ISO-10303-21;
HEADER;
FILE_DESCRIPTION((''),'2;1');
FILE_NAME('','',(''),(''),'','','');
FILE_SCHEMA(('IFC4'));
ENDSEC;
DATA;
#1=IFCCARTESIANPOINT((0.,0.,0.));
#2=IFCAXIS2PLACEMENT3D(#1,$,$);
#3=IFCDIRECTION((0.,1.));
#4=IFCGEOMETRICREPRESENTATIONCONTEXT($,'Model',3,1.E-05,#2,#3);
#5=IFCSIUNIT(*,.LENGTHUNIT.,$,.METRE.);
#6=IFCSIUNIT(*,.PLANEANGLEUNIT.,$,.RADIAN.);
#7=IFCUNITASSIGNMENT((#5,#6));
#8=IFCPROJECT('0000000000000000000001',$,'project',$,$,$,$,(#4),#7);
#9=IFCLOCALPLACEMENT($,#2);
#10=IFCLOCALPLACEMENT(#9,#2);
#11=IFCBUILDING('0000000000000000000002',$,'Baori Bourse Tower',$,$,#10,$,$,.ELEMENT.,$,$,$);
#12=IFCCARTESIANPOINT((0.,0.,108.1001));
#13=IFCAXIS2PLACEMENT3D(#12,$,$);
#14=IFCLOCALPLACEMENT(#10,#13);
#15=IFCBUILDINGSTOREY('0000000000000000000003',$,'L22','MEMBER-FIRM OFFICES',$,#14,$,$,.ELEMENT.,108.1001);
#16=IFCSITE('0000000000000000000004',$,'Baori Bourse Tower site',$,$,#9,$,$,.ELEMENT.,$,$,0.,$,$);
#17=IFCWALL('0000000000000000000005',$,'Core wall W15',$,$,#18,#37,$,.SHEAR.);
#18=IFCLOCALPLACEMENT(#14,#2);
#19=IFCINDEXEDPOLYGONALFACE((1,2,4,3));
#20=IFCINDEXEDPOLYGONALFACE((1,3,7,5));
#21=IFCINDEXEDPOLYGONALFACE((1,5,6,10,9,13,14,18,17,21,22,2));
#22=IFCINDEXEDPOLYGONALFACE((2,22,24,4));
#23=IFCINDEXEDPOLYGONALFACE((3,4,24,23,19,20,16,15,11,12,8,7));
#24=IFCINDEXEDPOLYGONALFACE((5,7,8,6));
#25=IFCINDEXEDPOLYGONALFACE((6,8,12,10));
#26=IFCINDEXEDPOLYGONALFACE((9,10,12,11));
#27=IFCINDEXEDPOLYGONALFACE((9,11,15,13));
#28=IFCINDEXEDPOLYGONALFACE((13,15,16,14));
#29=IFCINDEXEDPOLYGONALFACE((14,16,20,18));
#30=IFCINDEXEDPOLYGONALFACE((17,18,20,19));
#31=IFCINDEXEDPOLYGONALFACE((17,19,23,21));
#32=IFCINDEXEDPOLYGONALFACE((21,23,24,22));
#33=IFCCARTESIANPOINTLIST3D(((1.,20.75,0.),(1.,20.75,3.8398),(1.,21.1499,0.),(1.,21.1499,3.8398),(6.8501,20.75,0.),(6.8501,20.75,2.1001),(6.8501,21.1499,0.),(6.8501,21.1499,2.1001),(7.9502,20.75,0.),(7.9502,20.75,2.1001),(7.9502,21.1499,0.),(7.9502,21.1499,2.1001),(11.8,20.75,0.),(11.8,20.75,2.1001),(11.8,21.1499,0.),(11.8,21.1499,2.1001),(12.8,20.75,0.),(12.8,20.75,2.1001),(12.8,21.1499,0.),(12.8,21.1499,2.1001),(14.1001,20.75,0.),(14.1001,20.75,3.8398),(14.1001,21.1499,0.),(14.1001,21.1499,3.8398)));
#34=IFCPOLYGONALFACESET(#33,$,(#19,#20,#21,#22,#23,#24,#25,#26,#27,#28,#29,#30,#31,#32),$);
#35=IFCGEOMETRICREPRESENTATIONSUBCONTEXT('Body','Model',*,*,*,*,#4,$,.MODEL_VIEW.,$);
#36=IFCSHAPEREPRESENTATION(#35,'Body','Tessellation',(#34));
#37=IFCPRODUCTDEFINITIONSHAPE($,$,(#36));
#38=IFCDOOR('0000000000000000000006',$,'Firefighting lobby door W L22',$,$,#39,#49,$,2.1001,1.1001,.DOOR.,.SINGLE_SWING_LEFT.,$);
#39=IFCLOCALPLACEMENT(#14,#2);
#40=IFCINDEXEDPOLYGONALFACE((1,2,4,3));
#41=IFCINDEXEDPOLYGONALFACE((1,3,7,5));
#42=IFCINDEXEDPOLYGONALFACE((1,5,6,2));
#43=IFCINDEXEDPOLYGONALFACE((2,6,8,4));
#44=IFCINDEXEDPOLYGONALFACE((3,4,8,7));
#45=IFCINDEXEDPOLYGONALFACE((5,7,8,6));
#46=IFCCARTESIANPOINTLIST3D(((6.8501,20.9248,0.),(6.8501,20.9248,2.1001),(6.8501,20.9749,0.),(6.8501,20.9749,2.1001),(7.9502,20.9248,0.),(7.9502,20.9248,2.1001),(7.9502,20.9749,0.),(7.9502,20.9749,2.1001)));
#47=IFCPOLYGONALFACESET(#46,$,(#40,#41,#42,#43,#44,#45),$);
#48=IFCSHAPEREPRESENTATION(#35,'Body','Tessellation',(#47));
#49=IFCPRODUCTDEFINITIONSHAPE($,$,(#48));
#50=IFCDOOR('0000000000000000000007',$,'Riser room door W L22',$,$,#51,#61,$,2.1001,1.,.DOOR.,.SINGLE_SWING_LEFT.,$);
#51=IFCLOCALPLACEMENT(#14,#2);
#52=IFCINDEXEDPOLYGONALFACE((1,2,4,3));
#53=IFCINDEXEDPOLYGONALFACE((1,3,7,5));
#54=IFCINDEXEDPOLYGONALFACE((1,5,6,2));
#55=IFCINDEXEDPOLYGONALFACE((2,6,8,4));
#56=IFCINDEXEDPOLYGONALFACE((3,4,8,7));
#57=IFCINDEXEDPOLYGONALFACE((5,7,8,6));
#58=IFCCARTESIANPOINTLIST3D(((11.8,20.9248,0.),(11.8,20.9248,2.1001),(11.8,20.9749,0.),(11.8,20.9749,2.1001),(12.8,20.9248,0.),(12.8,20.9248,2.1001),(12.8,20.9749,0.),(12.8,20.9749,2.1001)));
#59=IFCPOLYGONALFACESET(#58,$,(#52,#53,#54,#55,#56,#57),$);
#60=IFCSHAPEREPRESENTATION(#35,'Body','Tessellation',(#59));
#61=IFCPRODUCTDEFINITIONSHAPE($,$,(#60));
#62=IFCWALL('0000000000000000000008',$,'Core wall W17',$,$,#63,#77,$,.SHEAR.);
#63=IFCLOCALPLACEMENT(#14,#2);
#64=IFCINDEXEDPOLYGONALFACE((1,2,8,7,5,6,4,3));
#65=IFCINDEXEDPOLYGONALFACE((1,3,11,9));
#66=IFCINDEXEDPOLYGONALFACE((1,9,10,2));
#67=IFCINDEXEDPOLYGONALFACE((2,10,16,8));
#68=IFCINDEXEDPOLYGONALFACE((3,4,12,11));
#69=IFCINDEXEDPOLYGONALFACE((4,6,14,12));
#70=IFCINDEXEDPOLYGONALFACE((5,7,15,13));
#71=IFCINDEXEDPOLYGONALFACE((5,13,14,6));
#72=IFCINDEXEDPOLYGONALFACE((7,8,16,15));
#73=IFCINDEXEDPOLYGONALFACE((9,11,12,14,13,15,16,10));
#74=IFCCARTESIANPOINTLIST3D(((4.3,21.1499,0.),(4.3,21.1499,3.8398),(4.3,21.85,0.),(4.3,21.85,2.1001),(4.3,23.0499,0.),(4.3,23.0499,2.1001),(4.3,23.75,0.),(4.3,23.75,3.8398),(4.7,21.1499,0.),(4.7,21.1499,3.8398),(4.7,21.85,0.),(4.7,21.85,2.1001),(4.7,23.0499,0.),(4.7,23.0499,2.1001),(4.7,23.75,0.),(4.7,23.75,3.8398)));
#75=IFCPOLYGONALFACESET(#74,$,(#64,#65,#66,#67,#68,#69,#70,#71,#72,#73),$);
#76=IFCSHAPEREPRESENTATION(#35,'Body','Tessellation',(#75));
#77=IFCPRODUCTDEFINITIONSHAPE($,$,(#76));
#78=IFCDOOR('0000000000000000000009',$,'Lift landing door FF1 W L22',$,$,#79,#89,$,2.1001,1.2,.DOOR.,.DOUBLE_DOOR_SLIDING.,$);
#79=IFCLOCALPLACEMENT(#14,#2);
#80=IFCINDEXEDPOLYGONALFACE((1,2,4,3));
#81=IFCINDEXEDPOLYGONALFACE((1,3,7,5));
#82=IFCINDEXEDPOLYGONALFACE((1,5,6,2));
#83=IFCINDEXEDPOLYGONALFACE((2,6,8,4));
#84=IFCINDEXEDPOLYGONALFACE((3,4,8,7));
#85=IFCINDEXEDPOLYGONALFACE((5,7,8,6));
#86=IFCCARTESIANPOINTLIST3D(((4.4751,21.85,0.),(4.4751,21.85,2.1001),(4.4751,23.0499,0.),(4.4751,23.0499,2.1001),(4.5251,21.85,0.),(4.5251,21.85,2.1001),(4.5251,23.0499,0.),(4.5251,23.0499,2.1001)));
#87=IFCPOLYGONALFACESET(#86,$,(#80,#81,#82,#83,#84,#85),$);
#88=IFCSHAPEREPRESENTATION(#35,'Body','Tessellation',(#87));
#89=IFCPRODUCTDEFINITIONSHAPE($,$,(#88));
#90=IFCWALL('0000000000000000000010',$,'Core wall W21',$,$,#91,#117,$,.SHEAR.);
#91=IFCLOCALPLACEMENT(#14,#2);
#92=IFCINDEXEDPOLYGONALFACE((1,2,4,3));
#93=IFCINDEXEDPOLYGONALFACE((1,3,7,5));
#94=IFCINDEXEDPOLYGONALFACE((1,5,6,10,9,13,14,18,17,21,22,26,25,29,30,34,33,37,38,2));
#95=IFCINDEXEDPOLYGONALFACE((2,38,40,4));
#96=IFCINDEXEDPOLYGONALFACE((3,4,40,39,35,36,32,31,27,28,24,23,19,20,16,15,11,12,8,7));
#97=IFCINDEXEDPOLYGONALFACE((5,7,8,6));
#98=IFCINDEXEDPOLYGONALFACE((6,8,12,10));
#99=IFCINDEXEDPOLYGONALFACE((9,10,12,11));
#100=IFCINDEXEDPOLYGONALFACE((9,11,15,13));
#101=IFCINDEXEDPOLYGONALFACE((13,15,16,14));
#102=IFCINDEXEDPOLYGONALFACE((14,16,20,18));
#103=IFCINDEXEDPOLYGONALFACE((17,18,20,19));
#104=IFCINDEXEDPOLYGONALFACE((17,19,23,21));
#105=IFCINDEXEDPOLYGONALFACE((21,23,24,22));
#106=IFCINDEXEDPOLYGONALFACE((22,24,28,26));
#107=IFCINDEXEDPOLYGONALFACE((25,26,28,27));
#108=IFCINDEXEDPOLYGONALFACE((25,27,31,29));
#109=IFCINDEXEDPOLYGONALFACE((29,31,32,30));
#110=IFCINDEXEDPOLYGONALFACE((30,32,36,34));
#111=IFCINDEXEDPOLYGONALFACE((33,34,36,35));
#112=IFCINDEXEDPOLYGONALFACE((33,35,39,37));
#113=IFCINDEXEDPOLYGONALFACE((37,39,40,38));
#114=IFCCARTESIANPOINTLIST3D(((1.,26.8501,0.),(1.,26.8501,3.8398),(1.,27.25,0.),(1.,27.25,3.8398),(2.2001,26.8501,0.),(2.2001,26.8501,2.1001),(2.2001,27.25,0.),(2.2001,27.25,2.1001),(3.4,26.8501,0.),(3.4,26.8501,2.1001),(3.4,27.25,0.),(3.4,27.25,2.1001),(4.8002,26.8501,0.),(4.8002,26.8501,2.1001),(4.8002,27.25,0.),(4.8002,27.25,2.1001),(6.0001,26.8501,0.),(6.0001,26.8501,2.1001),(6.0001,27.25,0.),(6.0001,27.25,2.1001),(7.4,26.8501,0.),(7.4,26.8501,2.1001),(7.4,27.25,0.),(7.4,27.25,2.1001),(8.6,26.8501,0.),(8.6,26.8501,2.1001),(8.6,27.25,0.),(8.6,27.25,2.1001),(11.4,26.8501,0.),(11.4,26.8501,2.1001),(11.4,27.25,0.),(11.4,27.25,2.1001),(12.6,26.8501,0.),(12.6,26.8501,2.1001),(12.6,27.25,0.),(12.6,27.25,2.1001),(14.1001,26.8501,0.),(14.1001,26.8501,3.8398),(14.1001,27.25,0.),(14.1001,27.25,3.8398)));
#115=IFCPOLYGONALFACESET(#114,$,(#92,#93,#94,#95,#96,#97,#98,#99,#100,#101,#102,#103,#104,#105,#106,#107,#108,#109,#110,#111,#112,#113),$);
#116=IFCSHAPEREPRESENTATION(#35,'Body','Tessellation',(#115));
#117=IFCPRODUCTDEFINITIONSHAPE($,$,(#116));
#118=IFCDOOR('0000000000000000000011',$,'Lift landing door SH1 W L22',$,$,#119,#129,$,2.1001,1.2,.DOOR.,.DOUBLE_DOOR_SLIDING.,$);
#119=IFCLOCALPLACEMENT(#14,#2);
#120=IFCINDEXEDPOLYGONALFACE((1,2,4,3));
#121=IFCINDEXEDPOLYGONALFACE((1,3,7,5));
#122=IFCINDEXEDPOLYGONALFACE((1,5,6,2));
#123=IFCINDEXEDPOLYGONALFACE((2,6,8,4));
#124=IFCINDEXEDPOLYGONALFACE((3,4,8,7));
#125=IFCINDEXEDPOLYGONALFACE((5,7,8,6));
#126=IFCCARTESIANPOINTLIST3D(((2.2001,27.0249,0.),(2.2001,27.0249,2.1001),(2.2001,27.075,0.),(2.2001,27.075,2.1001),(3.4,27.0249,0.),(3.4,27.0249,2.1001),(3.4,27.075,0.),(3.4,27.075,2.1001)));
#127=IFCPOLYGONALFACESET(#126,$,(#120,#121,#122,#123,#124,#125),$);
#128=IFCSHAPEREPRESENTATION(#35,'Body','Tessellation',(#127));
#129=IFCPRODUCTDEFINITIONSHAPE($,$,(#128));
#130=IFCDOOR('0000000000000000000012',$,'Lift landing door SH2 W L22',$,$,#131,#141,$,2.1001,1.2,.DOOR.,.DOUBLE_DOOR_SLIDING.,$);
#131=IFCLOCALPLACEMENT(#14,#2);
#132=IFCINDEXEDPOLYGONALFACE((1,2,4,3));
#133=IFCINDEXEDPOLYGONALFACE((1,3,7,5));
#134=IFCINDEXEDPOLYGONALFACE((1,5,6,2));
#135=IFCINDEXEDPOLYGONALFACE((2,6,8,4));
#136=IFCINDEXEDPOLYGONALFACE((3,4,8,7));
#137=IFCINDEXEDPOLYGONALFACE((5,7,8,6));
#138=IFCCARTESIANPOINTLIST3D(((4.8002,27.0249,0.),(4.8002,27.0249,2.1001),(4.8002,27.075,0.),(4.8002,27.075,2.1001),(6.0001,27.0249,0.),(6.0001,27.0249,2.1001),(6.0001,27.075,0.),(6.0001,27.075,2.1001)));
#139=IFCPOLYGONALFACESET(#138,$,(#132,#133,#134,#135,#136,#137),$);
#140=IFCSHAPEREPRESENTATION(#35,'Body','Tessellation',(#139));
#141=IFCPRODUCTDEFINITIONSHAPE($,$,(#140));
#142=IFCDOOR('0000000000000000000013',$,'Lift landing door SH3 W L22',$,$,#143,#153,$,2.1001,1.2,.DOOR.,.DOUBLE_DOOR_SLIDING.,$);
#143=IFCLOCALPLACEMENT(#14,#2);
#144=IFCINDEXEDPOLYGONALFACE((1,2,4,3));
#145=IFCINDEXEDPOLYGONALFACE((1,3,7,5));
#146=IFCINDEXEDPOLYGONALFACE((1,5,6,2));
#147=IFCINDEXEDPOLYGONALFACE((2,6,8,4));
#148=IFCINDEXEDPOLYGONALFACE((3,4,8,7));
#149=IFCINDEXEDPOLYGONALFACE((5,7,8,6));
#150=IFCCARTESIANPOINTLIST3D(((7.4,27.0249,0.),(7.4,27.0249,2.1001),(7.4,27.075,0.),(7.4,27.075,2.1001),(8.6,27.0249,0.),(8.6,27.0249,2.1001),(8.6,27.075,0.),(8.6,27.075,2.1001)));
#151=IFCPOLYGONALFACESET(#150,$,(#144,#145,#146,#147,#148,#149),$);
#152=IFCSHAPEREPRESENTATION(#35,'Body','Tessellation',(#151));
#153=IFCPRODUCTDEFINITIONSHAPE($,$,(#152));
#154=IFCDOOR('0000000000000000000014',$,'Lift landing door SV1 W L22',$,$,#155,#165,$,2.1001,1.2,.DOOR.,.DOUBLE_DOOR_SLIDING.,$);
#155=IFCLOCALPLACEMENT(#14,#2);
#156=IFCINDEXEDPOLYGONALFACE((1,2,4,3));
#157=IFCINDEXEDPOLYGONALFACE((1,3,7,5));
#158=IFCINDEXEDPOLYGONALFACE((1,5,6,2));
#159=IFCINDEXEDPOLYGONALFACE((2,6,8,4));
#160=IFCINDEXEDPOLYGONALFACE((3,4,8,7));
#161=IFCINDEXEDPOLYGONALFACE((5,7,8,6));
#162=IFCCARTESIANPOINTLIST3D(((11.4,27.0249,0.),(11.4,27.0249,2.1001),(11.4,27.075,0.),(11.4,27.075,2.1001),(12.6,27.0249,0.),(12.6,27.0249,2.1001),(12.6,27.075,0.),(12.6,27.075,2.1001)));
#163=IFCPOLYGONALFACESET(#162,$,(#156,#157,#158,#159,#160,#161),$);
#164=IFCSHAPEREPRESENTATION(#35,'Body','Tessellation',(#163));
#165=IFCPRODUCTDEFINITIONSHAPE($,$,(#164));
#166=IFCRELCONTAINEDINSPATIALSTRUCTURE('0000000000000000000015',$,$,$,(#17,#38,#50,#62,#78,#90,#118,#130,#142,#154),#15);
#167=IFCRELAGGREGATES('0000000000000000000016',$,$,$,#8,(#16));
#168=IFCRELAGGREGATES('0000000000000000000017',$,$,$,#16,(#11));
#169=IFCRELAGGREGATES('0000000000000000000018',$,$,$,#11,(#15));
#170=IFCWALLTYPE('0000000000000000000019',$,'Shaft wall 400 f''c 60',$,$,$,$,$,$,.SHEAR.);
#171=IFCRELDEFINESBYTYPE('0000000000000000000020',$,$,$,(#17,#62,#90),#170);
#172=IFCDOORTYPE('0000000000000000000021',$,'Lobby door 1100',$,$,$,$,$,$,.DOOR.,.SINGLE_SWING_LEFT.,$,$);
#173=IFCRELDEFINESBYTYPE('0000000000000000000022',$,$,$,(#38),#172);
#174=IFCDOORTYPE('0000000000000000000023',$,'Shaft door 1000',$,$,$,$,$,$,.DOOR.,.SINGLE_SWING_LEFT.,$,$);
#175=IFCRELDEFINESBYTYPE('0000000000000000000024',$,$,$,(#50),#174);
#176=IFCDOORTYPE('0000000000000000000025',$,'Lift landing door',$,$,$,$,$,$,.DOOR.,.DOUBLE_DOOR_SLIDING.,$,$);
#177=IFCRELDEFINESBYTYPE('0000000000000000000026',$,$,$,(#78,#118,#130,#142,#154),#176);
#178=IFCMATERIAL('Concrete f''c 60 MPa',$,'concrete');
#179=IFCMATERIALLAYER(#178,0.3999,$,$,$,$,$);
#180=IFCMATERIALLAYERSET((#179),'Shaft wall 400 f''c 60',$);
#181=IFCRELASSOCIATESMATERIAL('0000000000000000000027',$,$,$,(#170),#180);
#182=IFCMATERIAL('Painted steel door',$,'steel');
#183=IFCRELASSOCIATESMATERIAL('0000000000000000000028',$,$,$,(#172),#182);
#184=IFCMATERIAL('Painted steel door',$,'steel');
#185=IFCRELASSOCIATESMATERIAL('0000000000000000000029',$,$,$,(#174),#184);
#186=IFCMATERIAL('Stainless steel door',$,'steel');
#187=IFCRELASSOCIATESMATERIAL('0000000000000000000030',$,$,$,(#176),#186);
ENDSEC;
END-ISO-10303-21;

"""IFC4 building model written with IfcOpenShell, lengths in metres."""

from ifc_helpers import new_model, si_unit, direction, frame, frame_2d, origin, place, context, subcontext, project, spatial, rectangle, extrude, material, layer, layer_set, type_object, element, fill, save


model = new_model("IFC4")

# Units and contexts
model_context = context("Model", 3, precision=1e-05, world=origin(), true_north=direction((0.0, 1.0)))
body_context = subcontext(model_context, "Body", "Model", "MODEL_VIEW")
ifc_project = project(units=[si_unit("LENGTHUNIT", "METRE"), si_unit("PLANEANGLEUNIT", "RADIAN")], contexts=[model_context])

# Site, building, storey
site_placement = place(None, origin())
site = spatial("IfcSite", under=ifc_project, at=site_placement, Name="Baori Bourse Tower site", CompositionType="ELEMENT", RefElevation=0.0)
building_placement = place(site_placement, origin())
building = spatial("IfcBuilding", under=site, at=building_placement, Name="Baori Bourse Tower", CompositionType="ELEMENT")
storey_placement = place(building_placement, frame((0.0, 0.0, 108.1001)))
storey = spatial("IfcBuildingStorey", under=building, at=storey_placement, Name="L22", Description="MEMBER-FIRM OFFICES", CompositionType="ELEMENT", Elevation=108.1001)

# Shared definitions
ifc_material_1 = material(Name="Concrete f'c 60 MPa", Category="concrete")
ifc_layer_1 = layer(ifc_material_1, 0.3999)
ifc_layer_set_1 = layer_set([ifc_layer_1], Name="Shaft wall 400 f'c 60")
wall_type_1 = type_object("IfcWallType", Name="Shaft wall 400 f'c 60", PredefinedType="SHEAR", material=ifc_layer_set_1)

# Wall, openings, doors
wall_1_placement = place(storey_placement, frame((1.0, 20.95, 0.0), z_axis=(0.0, 0.0, 1.0), x_axis=(1.0, 0.0, 0.0)))
wall_1 = element("IfcWall", 1, at=wall_1_placement, inside=storey, type_object=wall_type_1, Name="Core wall W15", PredefinedType="SHEAR", context=body_context, shape_type="SweptSolid", body=[
    extrude(rectangle(XDim=13.1001, YDim=0.3999, at=frame_2d((6.55, 0.0))), origin(), (0.0, 0.0, 1.0), 3.8398),
])
opening_1_placement = place(wall_1_placement, frame((5.8501, 0.0, 0.0)))
opening_1 = element("IfcOpeningElement", 2, at=opening_1_placement, cuts=wall_1, PredefinedType="OPENING", context=body_context, shape_type="SweptSolid", body=[
    extrude(rectangle(XDim=1.1001, YDim=2.1001, at=frame_2d((0.55, 1.05))), frame((0.0, 0.21, 0.0), z_axis=(0.0, -1.0, 0.0), x_axis=(1.0, 0.0, 0.0)), (0.0, 0.0, 1.0), 0.4199),
])
opening_2_placement = place(wall_1_placement, frame((10.8, 0.0, 0.0)))
opening_2 = element("IfcOpeningElement", 3, at=opening_2_placement, cuts=wall_1, PredefinedType="OPENING", context=body_context, shape_type="SweptSolid", body=[
    extrude(rectangle(XDim=1.0, YDim=2.1001, at=frame_2d((0.5, 1.05))), frame((0.0, 0.21, 0.0), z_axis=(0.0, -1.0, 0.0), x_axis=(1.0, 0.0, 0.0)), (0.0, 0.0, 1.0), 0.4199),
])
ifc_material_2 = material(Name="Painted steel door", Category="steel")
door_type_1 = type_object("IfcDoorType", Name="Lobby door 1100", OperationType="SINGLE_SWING_LEFT", PredefinedType="DOOR", material=ifc_material_2)
door_1_placement = place(opening_1_placement, origin())
door_1 = element("IfcDoor", 4, at=door_1_placement, inside=storey, type_object=door_type_1, Name="Firefighting lobby door W L22", OperationType="SINGLE_SWING_LEFT", OverallHeight=2.1001, OverallWidth=1.1001, PredefinedType="DOOR", context=body_context, shape_type="SweptSolid", body=[
    extrude(rectangle(XDim=1.1001, YDim=2.1001, at=frame_2d((0.55, 1.05))), frame((0.0, 0.0249, 0.0), z_axis=(0.0, -1.0, 0.0), x_axis=(1.0, 0.0, 0.0)), (0.0, 0.0, 1.0), 0.05),
])
fill(opening_1, door_1)
ifc_material_3 = material(Name="Painted steel door", Category="steel")
door_type_2 = type_object("IfcDoorType", Name="Shaft door 1000", OperationType="SINGLE_SWING_LEFT", PredefinedType="DOOR", material=ifc_material_3)
door_2_placement = place(opening_2_placement, origin())
door_2 = element("IfcDoor", 5, at=door_2_placement, inside=storey, type_object=door_type_2, Name="Riser room door W L22", OperationType="SINGLE_SWING_LEFT", OverallHeight=2.1001, OverallWidth=1.0, PredefinedType="DOOR", context=body_context, shape_type="SweptSolid", body=[
    extrude(rectangle(XDim=1.0, YDim=2.1001, at=frame_2d((0.5, 1.05))), frame((0.0, 0.0249, 0.0), z_axis=(0.0, -1.0, 0.0), x_axis=(1.0, 0.0, 0.0)), (0.0, 0.0, 1.0), 0.05),
])
fill(opening_2, door_2)

# Wall, opening, door
wall_2_placement = place(storey_placement, frame((4.5, 21.1499, 0.0), z_axis=(0.0, 0.0, 1.0), x_axis=(0.0, 1.0, 0.0)))
wall_2 = element("IfcWall", 6, at=wall_2_placement, inside=storey, type_object=wall_type_1, Name="Core wall W17", PredefinedType="SHEAR", context=body_context, shape_type="SweptSolid", body=[
    extrude(rectangle(XDim=2.6001, YDim=0.3999, at=frame_2d((1.3, 0.0))), origin(), (0.0, 0.0, 1.0), 3.8398),
])
opening_3_placement = place(wall_2_placement, frame((0.7, 0.0, 0.0)))
opening_3 = element("IfcOpeningElement", 7, at=opening_3_placement, cuts=wall_2, PredefinedType="OPENING", context=body_context, shape_type="SweptSolid", body=[
    extrude(rectangle(XDim=1.2, YDim=2.1001, at=frame_2d((0.6001, 1.05))), frame((0.0, 0.21, 0.0), z_axis=(0.0, -1.0, 0.0), x_axis=(1.0, 0.0, 0.0)), (0.0, 0.0, 1.0), 0.4199),
])
ifc_material_4 = material(Name="Stainless steel door", Category="steel")
door_type_3 = type_object("IfcDoorType", Name="Lift landing door", OperationType="DOUBLE_DOOR_SLIDING", PredefinedType="DOOR", material=ifc_material_4)
door_3_placement = place(opening_3_placement, origin())
door_3 = element("IfcDoor", 8, at=door_3_placement, inside=storey, type_object=door_type_3, Name="Lift landing door FF1 W L22", OperationType="DOUBLE_DOOR_SLIDING", OverallHeight=2.1001, OverallWidth=1.2, PredefinedType="DOOR", context=body_context, shape_type="SweptSolid", body=[
    extrude(rectangle(XDim=1.2, YDim=2.1001, at=frame_2d((0.6001, 1.05))), frame((0.0, 0.0249, 0.0), z_axis=(0.0, -1.0, 0.0), x_axis=(1.0, 0.0, 0.0)), (0.0, 0.0, 1.0), 0.05),
])
fill(opening_3, door_3)

# Wall, openings, doors
wall_3_placement = place(storey_placement, frame((1.0, 27.05, 0.0), z_axis=(0.0, 0.0, 1.0), x_axis=(1.0, 0.0, 0.0)))
wall_3 = element("IfcWall", 9, at=wall_3_placement, inside=storey, type_object=wall_type_1, Name="Core wall W21", PredefinedType="SHEAR", context=body_context, shape_type="SweptSolid", body=[
    extrude(rectangle(XDim=13.1001, YDim=0.3999, at=frame_2d((6.55, 0.0))), origin(), (0.0, 0.0, 1.0), 3.8398),
])
opening_4_placement = place(wall_3_placement, frame((1.2, 0.0, 0.0)))
opening_4 = element("IfcOpeningElement", 10, at=opening_4_placement, cuts=wall_3, PredefinedType="OPENING", context=body_context, shape_type="SweptSolid", body=[
    extrude(rectangle(XDim=1.2, YDim=2.1001, at=frame_2d((0.6001, 1.05))), frame((0.0, 0.21, 0.0), z_axis=(0.0, -1.0, 0.0), x_axis=(1.0, 0.0, 0.0)), (0.0, 0.0, 1.0), 0.4199),
])
opening_5_placement = place(wall_3_placement, frame((3.8, 0.0, 0.0)))
opening_5 = element("IfcOpeningElement", 11, at=opening_5_placement, cuts=wall_3, PredefinedType="OPENING", context=body_context, shape_type="SweptSolid", body=[
    extrude(rectangle(XDim=1.2, YDim=2.1001, at=frame_2d((0.6001, 1.05))), frame((0.0, 0.21, 0.0), z_axis=(0.0, -1.0, 0.0), x_axis=(1.0, 0.0, 0.0)), (0.0, 0.0, 1.0), 0.4199),
])
opening_6_placement = place(wall_3_placement, frame((6.3999, 0.0, 0.0)))
opening_6 = element("IfcOpeningElement", 12, at=opening_6_placement, cuts=wall_3, PredefinedType="OPENING", context=body_context, shape_type="SweptSolid", body=[
    extrude(rectangle(XDim=1.2, YDim=2.1001, at=frame_2d((0.6001, 1.05))), frame((0.0, 0.21, 0.0), z_axis=(0.0, -1.0, 0.0), x_axis=(1.0, 0.0, 0.0)), (0.0, 0.0, 1.0), 0.4199),
])
opening_7_placement = place(wall_3_placement, frame((10.3999, 0.0, 0.0)))
opening_7 = element("IfcOpeningElement", 13, at=opening_7_placement, cuts=wall_3, PredefinedType="OPENING", context=body_context, shape_type="SweptSolid", body=[
    extrude(rectangle(XDim=1.2, YDim=2.1001, at=frame_2d((0.6001, 1.05))), frame((0.0, 0.21, 0.0), z_axis=(0.0, -1.0, 0.0), x_axis=(1.0, 0.0, 0.0)), (0.0, 0.0, 1.0), 0.4199),
])
door_4_placement = place(opening_4_placement, origin())
door_4 = element("IfcDoor", 14, at=door_4_placement, inside=storey, type_object=door_type_3, Name="Lift landing door SH1 W L22", OperationType="DOUBLE_DOOR_SLIDING", OverallHeight=2.1001, OverallWidth=1.2, PredefinedType="DOOR", context=body_context, shape_type="SweptSolid", body=[
    extrude(rectangle(XDim=1.2, YDim=2.1001, at=frame_2d((0.6001, 1.05))), frame((0.0, 0.0249, 0.0), z_axis=(0.0, -1.0, 0.0), x_axis=(1.0, 0.0, 0.0)), (0.0, 0.0, 1.0), 0.05),
])
fill(opening_4, door_4)
door_5_placement = place(opening_5_placement, origin())
door_5 = element("IfcDoor", 15, at=door_5_placement, inside=storey, type_object=door_type_3, Name="Lift landing door SH2 W L22", OperationType="DOUBLE_DOOR_SLIDING", OverallHeight=2.1001, OverallWidth=1.2, PredefinedType="DOOR", context=body_context, shape_type="SweptSolid", body=[
    extrude(rectangle(XDim=1.2, YDim=2.1001, at=frame_2d((0.6001, 1.05))), frame((0.0, 0.0249, 0.0), z_axis=(0.0, -1.0, 0.0), x_axis=(1.0, 0.0, 0.0)), (0.0, 0.0, 1.0), 0.05),
])
fill(opening_5, door_5)
door_6_placement = place(opening_6_placement, origin())
door_6 = element("IfcDoor", 16, at=door_6_placement, inside=storey, type_object=door_type_3, Name="Lift landing door SH3 W L22", OperationType="DOUBLE_DOOR_SLIDING", OverallHeight=2.1001, OverallWidth=1.2, PredefinedType="DOOR", context=body_context, shape_type="SweptSolid", body=[
    extrude(rectangle(XDim=1.2, YDim=2.1001, at=frame_2d((0.6001, 1.05))), frame((0.0, 0.0249, 0.0), z_axis=(0.0, -1.0, 0.0), x_axis=(1.0, 0.0, 0.0)), (0.0, 0.0, 1.0), 0.05),
])
fill(opening_6, door_6)
door_7_placement = place(opening_7_placement, origin())
door_7 = element("IfcDoor", 17, at=door_7_placement, inside=storey, type_object=door_type_3, Name="Lift landing door SV1 W L22", OperationType="DOUBLE_DOOR_SLIDING", OverallHeight=2.1001, OverallWidth=1.2, PredefinedType="DOOR", context=body_context, shape_type="SweptSolid", body=[
    extrude(rectangle(XDim=1.2, YDim=2.1001, at=frame_2d((0.6001, 1.05))), frame((0.0, 0.0249, 0.0), z_axis=(0.0, -1.0, 0.0), x_axis=(1.0, 0.0, 0.0)), (0.0, 0.0, 1.0), 0.05),
])
fill(opening_7, door_7)

save(model, "model.ifc")
